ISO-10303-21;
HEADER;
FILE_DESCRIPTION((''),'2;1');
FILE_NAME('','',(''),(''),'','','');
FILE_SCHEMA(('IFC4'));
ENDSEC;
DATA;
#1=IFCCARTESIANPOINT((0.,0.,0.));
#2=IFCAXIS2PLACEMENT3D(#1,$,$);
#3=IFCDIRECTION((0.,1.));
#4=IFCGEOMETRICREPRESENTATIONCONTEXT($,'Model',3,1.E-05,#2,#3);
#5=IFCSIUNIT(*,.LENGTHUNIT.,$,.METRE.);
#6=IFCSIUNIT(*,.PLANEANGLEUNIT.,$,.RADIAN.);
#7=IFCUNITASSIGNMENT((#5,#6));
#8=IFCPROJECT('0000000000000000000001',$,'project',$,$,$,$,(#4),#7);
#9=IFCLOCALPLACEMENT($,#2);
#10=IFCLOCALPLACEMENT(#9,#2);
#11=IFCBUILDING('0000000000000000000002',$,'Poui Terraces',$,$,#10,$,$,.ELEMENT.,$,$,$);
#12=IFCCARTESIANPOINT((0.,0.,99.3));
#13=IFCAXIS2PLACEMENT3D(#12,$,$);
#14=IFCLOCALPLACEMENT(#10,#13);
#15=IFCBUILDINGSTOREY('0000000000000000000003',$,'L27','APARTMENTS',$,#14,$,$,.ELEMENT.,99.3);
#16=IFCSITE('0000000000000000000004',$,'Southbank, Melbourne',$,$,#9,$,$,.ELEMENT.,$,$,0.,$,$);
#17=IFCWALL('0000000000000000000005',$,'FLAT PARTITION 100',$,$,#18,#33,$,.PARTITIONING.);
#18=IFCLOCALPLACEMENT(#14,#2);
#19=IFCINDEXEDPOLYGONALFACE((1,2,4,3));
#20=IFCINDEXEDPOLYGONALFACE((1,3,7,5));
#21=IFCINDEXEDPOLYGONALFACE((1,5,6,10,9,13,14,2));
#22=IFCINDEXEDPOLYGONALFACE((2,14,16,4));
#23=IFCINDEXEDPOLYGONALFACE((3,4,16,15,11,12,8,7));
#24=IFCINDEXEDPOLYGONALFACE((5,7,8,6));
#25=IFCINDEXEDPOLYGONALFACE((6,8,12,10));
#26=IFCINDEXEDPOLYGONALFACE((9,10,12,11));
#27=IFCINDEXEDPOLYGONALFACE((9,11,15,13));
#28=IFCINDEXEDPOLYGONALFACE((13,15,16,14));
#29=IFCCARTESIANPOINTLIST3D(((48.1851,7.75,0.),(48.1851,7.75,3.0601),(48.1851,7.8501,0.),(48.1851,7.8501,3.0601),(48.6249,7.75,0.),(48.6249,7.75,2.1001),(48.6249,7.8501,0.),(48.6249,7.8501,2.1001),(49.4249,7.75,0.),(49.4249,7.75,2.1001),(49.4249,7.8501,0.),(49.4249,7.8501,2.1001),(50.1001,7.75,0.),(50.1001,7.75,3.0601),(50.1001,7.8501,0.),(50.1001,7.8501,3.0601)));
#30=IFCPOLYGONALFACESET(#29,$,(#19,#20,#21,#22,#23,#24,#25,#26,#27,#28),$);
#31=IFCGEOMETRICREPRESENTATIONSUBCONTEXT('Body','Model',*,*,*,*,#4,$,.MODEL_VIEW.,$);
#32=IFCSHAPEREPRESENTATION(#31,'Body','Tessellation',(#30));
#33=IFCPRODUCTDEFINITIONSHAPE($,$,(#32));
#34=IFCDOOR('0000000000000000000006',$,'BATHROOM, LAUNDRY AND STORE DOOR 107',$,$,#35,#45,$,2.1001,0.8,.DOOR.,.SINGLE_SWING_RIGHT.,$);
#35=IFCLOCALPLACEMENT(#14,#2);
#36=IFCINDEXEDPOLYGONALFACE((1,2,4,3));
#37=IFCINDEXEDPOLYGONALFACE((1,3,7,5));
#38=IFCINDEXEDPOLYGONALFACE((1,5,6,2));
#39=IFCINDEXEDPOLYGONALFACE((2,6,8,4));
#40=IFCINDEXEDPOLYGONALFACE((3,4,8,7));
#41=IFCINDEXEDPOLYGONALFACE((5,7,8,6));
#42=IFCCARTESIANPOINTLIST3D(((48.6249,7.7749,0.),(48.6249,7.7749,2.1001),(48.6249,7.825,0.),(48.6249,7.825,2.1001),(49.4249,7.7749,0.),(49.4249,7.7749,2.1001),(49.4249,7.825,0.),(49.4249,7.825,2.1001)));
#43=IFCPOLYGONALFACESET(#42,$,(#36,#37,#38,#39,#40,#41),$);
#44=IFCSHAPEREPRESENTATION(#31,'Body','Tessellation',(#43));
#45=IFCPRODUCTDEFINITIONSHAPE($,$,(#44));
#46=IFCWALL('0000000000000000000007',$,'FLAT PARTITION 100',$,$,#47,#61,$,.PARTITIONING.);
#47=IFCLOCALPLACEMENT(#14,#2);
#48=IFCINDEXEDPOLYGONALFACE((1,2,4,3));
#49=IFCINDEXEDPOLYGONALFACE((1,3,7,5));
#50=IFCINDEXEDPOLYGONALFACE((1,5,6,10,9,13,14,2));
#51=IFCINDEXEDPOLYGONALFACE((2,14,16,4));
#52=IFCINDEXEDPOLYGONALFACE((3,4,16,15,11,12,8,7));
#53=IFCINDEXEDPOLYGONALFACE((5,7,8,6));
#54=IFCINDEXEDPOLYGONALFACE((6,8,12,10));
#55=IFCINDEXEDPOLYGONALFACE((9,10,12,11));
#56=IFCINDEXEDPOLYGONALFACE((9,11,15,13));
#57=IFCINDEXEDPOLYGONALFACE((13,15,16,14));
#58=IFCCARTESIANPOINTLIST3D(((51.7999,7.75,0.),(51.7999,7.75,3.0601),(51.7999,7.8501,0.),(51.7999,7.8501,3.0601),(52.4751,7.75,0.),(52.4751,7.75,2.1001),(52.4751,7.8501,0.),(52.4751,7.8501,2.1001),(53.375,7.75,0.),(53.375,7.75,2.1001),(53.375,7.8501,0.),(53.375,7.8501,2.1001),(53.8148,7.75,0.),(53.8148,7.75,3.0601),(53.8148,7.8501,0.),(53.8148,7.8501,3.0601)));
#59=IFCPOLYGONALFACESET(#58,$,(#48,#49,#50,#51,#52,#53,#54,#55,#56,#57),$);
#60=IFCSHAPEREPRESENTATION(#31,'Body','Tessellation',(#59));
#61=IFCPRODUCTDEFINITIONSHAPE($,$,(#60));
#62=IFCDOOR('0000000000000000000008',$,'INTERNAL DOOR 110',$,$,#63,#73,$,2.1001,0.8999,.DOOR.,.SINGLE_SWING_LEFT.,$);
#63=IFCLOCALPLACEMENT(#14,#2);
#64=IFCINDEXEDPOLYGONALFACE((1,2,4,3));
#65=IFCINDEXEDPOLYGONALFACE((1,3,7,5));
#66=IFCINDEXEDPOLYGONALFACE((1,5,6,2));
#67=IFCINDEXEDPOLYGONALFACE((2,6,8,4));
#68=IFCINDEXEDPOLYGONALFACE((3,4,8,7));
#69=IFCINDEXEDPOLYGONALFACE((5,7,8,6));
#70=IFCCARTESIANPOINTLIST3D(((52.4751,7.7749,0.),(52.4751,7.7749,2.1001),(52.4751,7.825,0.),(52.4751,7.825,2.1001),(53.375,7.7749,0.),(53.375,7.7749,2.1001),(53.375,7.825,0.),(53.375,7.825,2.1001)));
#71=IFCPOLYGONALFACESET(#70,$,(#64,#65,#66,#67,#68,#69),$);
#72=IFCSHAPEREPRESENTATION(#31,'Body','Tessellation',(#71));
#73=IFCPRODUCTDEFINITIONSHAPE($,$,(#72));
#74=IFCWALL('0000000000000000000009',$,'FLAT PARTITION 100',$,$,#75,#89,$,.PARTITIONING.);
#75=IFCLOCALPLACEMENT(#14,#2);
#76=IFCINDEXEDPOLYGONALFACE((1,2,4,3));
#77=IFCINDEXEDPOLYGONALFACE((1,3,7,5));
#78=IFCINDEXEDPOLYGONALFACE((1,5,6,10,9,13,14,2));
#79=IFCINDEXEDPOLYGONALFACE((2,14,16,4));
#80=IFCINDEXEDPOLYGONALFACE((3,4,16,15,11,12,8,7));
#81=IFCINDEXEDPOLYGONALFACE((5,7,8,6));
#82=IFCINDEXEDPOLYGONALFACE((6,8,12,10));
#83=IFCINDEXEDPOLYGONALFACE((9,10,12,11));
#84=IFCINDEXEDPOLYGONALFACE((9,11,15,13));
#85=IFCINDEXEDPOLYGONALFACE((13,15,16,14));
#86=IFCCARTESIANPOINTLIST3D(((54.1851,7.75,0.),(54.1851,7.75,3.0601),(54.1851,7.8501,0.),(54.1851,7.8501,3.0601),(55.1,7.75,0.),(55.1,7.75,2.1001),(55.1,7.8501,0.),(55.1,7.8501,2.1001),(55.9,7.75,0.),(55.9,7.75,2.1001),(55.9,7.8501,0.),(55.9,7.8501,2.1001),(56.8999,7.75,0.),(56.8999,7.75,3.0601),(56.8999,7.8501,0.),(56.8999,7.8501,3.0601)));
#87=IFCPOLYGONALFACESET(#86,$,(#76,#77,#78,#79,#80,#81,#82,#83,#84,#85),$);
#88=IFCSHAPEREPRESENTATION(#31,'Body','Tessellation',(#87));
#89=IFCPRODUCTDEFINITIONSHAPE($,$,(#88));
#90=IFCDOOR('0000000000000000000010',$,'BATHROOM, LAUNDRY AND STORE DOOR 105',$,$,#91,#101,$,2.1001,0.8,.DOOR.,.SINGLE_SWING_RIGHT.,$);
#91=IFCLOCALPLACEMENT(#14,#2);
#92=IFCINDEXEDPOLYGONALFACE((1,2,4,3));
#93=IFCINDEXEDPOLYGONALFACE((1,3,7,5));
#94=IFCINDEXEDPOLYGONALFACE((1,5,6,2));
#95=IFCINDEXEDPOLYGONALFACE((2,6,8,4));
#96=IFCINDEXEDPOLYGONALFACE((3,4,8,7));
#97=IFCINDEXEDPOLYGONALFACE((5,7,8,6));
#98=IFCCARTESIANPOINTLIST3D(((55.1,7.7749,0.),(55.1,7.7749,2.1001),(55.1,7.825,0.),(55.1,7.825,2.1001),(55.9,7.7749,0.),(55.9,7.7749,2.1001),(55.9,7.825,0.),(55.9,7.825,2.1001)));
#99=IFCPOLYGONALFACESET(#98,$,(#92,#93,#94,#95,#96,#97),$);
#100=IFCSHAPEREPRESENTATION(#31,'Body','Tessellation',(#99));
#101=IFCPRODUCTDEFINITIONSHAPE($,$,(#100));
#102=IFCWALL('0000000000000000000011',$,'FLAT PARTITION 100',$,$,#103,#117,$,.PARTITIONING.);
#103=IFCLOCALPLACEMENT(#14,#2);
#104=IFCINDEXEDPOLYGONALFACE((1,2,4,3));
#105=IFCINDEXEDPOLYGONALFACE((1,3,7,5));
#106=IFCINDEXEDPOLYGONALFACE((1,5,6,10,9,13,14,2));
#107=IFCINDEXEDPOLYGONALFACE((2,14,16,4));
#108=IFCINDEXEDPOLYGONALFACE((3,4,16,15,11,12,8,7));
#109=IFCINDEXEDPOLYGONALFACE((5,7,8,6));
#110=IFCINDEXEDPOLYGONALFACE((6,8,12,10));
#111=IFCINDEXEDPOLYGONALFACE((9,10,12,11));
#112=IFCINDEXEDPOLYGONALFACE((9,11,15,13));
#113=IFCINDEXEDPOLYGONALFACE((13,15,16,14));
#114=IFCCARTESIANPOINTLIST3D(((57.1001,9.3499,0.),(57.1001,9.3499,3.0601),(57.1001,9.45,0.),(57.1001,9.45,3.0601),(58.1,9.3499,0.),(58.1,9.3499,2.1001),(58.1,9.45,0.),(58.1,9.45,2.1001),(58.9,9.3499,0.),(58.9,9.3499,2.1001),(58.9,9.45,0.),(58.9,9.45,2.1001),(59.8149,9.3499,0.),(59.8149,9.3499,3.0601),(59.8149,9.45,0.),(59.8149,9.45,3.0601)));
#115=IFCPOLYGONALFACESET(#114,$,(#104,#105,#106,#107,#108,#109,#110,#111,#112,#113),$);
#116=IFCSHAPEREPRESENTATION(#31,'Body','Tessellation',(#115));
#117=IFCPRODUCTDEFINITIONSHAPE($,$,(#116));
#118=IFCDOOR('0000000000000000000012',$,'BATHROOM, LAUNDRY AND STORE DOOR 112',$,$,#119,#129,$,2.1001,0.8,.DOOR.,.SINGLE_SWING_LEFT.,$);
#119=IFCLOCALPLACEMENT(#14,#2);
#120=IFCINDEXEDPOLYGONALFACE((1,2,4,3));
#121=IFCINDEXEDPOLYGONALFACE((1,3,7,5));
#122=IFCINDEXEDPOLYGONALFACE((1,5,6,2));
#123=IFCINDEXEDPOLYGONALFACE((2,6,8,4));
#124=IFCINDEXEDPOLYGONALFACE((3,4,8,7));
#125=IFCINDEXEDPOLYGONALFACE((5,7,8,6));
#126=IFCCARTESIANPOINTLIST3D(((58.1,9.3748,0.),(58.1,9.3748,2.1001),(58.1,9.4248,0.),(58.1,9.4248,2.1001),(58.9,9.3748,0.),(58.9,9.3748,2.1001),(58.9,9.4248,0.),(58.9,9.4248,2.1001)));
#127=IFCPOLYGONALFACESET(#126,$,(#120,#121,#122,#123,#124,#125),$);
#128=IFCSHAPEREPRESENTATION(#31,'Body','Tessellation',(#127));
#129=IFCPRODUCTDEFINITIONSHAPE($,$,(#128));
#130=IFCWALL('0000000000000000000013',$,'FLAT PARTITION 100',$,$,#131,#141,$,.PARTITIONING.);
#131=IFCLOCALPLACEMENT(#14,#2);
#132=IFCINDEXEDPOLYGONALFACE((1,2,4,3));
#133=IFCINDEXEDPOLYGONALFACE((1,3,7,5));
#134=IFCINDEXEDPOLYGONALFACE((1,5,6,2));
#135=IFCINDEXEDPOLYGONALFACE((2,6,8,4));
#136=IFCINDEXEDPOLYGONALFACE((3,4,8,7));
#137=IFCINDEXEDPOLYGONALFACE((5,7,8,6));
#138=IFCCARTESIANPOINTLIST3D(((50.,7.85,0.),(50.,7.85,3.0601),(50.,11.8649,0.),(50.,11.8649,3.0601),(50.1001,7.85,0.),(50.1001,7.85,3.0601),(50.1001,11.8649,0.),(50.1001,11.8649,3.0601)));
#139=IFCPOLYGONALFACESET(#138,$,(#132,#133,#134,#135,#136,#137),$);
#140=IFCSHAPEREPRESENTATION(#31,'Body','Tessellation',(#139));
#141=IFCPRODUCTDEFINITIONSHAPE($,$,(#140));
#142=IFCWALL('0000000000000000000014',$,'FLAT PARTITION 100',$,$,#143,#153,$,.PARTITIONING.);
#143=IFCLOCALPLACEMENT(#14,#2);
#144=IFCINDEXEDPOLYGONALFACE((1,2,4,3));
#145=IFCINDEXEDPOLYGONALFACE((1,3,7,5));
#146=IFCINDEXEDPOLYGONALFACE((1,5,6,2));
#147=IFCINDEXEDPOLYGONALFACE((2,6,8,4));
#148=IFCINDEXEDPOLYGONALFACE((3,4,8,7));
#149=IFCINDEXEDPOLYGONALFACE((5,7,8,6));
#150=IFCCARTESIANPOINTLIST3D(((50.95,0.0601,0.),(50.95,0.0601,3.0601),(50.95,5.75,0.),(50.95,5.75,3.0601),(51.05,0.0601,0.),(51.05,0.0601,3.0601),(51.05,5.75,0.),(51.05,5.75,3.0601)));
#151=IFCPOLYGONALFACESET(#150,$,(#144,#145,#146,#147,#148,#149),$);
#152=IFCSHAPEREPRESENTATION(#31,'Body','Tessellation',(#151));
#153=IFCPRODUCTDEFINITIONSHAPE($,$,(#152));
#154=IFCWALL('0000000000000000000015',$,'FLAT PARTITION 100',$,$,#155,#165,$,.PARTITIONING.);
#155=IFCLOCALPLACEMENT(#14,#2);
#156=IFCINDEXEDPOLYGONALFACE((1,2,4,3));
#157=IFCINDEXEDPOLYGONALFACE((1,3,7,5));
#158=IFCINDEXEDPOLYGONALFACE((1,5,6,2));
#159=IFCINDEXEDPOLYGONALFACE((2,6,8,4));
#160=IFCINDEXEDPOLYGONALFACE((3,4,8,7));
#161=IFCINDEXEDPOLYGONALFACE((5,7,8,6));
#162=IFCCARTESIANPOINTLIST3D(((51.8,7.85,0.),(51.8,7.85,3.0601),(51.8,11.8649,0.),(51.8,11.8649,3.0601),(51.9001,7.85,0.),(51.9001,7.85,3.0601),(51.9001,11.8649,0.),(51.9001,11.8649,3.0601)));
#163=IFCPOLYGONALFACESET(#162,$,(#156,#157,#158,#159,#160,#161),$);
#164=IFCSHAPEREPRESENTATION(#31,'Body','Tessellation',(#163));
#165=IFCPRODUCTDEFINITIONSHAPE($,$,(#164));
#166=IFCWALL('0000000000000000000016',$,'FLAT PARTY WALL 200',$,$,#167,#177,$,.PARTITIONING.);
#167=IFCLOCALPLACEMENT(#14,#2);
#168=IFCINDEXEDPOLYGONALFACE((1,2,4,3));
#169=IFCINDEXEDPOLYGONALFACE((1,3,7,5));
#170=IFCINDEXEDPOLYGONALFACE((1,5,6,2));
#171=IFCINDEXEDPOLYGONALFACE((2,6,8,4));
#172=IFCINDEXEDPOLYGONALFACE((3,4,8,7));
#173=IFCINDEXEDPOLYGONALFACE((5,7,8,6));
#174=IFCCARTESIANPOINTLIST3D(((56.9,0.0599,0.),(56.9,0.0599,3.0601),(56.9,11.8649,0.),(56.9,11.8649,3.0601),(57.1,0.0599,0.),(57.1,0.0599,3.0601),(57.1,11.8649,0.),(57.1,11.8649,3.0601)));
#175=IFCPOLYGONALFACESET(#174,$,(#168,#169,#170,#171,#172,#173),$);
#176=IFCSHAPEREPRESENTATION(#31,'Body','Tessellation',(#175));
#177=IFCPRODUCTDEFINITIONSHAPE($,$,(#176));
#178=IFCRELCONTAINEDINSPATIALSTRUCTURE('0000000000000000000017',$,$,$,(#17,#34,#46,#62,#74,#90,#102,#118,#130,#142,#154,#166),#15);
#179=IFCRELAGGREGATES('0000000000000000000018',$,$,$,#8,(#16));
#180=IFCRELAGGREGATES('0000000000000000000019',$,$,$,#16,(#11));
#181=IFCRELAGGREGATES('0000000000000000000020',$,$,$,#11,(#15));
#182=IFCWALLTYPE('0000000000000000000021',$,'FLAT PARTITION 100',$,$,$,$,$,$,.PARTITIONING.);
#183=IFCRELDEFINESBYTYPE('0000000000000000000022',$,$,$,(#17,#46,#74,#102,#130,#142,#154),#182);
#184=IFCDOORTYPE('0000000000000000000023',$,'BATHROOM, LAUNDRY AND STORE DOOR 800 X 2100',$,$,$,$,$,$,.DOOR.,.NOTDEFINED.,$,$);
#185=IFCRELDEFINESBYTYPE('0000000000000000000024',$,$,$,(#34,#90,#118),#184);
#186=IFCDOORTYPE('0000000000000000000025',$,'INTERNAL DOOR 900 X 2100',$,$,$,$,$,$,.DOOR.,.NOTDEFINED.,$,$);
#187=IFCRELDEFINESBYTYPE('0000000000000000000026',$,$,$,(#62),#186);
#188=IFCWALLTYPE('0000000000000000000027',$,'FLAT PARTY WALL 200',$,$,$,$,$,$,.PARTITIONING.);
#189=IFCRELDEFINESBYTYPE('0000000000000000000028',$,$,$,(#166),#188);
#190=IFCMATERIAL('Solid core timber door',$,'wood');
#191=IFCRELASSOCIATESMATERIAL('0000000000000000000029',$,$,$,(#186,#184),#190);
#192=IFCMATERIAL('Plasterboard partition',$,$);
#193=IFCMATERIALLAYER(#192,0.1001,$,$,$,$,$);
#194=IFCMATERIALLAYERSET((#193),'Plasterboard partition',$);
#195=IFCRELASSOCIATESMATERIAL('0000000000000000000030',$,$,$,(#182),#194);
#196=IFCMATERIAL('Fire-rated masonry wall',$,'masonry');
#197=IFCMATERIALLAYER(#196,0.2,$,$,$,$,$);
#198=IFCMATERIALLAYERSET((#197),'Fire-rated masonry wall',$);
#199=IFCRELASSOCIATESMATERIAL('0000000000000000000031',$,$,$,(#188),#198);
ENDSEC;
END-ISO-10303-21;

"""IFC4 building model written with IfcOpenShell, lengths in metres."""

from ifc_helpers import new_model, si_unit, direction, frame, frame_2d, origin, place, context, subcontext, project, spatial, rectangle, extrude, material, layer, layer_set, type_object, element, fill, save


model = new_model("IFC4")

# Units and contexts
model_context = context("Model", 3, precision=1e-05, world=origin(), true_north=direction((0.0, 1.0)))
body_context = subcontext(model_context, "Body", "Model", "MODEL_VIEW")
ifc_project = project(units=[si_unit("LENGTHUNIT", "METRE"), si_unit("PLANEANGLEUNIT", "RADIAN")], contexts=[model_context])

# Site, building, storey
site_placement = place(None, origin())
site = spatial("IfcSite", under=ifc_project, at=site_placement, Name="Southbank, Melbourne", CompositionType="ELEMENT", RefElevation=0.0)
building_placement = place(site_placement, origin())
building = spatial("IfcBuilding", under=site, at=building_placement, Name="Poui Terraces", CompositionType="ELEMENT")
storey_placement = place(building_placement, frame((0.0, 0.0, 99.3)))
storey = spatial("IfcBuildingStorey", under=building, at=storey_placement, Name="L27", Description="APARTMENTS", CompositionType="ELEMENT", Elevation=99.3)

# Walls, openings, doors
ifc_material_1 = material(Name="Solid core timber door", Category="wood")
door_type_1 = type_object("IfcDoorType", Name="INTERNAL DOOR 900 X 2100", OperationType="NOTDEFINED", PredefinedType="DOOR", material=ifc_material_1)
ifc_material_2 = material(Name="Plasterboard partition")
ifc_layer_1 = layer(ifc_material_2, 0.1001)
ifc_layer_set_1 = layer_set([ifc_layer_1], Name="Plasterboard partition")
wall_type_1 = type_object("IfcWallType", Name="FLAT PARTITION 100", PredefinedType="PARTITIONING", material=ifc_layer_set_1)
wall_1_placement = place(storey_placement, frame((48.1851, 7.8, 0.0), z_axis=(0.0, 0.0, 1.0), x_axis=(1.0, 0.0, 0.0)))
wall_1 = element("IfcWall", 1, at=wall_1_placement, inside=storey, type_object=wall_type_1, Name="FLAT PARTITION 100", PredefinedType="PARTITIONING", context=body_context, shape_type="SweptSolid", body=[
    extrude(rectangle(XDim=1.915, YDim=0.1001, at=frame_2d((0.9575, 0.0))), origin(), (0.0, 0.0, 1.0), 3.0601),
])
opening_1_placement = place(wall_1_placement, frame((0.4399, 0.0, 0.0)))
opening_1 = element("IfcOpeningElement", 2, at=opening_1_placement, cuts=wall_1, PredefinedType="OPENING", context=body_context, shape_type="SweptSolid", body=[
    extrude(rectangle(XDim=0.8, YDim=2.1001, at=frame_2d((0.3999, 1.05))), frame((0.0, 0.0601, 0.0), z_axis=(0.0, -1.0, 0.0), x_axis=(1.0, 0.0, 0.0)), (0.0, 0.0, 1.0), 0.1201),
])
door_type_2 = type_object("IfcDoorType", Name="BATHROOM, LAUNDRY AND STORE DOOR 800 X 2100", OperationType="NOTDEFINED", PredefinedType="DOOR", material=ifc_material_1)
door_1_placement = place(opening_1_placement, origin())
door_1 = element("IfcDoor", 3, at=door_1_placement, inside=storey, type_object=door_type_2, Name="BATHROOM, LAUNDRY AND STORE DOOR 107", OperationType="SINGLE_SWING_RIGHT", OverallHeight=2.1001, OverallWidth=0.8, PredefinedType="DOOR", context=body_context, shape_type="SweptSolid", body=[
    extrude(rectangle(XDim=0.8, YDim=2.1001, at=frame_2d((0.3999, 1.05))), frame((0.0, 0.0249, 0.0), z_axis=(0.0, -1.0, 0.0), x_axis=(1.0, 0.0, 0.0)), (0.0, 0.0, 1.0), 0.05),
])
fill(opening_1, door_1)
wall_2_placement = place(storey_placement, frame((51.8, 7.8, 0.0), z_axis=(0.0, 0.0, 1.0), x_axis=(1.0, 0.0, 0.0)))
wall_2 = element("IfcWall", 4, at=wall_2_placement, inside=storey, type_object=wall_type_1, Name="FLAT PARTITION 100", PredefinedType="PARTITIONING", context=body_context, shape_type="SweptSolid", body=[
    extrude(rectangle(XDim=2.0149, YDim=0.1001, at=frame_2d((1.0073, 0.0))), origin(), (0.0, 0.0, 1.0), 3.0601),
])
opening_2_placement = place(wall_2_placement, frame((0.675, 0.0, 0.0)))
opening_2 = element("IfcOpeningElement", 5, at=opening_2_placement, cuts=wall_2, PredefinedType="OPENING", context=body_context, shape_type="SweptSolid", body=[
    extrude(rectangle(XDim=0.8999, YDim=2.1001, at=frame_2d((0.45, 1.05))), frame((0.0, 0.0601, 0.0), z_axis=(0.0, -1.0, 0.0), x_axis=(1.0, 0.0, 0.0)), (0.0, 0.0, 1.0), 0.1201),
])
door_2_placement = place(opening_2_placement, origin())
door_2 = element("IfcDoor", 6, at=door_2_placement, inside=storey, type_object=door_type_1, Name="INTERNAL DOOR 110", OperationType="SINGLE_SWING_LEFT", OverallHeight=2.1001, OverallWidth=0.8999, PredefinedType="DOOR", context=body_context, shape_type="SweptSolid", body=[
    extrude(rectangle(XDim=0.8999, YDim=2.1001, at=frame_2d((0.45, 1.05))), frame((0.0, 0.0249, 0.0), z_axis=(0.0, -1.0, 0.0), x_axis=(1.0, 0.0, 0.0)), (0.0, 0.0, 1.0), 0.05),
])
fill(opening_2, door_2)
wall_3_placement = place(storey_placement, frame((54.1851, 7.8, 0.0), z_axis=(0.0, 0.0, 1.0), x_axis=(1.0, 0.0, 0.0)))
wall_3 = element("IfcWall", 7, at=wall_3_placement, inside=storey, type_object=wall_type_1, Name="FLAT PARTITION 100", PredefinedType="PARTITIONING", context=body_context, shape_type="SweptSolid", body=[
    extrude(rectangle(XDim=2.7148, YDim=0.1001, at=frame_2d((1.3574, 0.0))), origin(), (0.0, 0.0, 1.0), 3.0601),
])
opening_3_placement = place(wall_3_placement, frame((0.915, 0.0, 0.0)))
opening_3 = element("IfcOpeningElement", 8, at=opening_3_placement, cuts=wall_3, PredefinedType="OPENING", context=body_context, shape_type="SweptSolid", body=[
    extrude(rectangle(XDim=0.8, YDim=2.1001, at=frame_2d((0.3999, 1.05))), frame((0.0, 0.0601, 0.0), z_axis=(0.0, -1.0, 0.0), x_axis=(1.0, 0.0, 0.0)), (0.0, 0.0, 1.0), 0.1201),
])
door_3_placement = place(opening_3_placement, origin())
door_3 = element("IfcDoor", 9, at=door_3_placement, inside=storey, type_object=door_type_2, Name="BATHROOM, LAUNDRY AND STORE DOOR 105", OperationType="SINGLE_SWING_RIGHT", OverallHeight=2.1001, OverallWidth=0.8, PredefinedType="DOOR", context=body_context, shape_type="SweptSolid", body=[
    extrude(rectangle(XDim=0.8, YDim=2.1001, at=frame_2d((0.3999, 1.05))), frame((0.0, 0.0249, 0.0), z_axis=(0.0, -1.0, 0.0), x_axis=(1.0, 0.0, 0.0)), (0.0, 0.0, 1.0), 0.05),
])
fill(opening_3, door_3)
wall_4_placement = place(storey_placement, frame((57.1001, 9.3999, 0.0), z_axis=(0.0, 0.0, 1.0), x_axis=(1.0, 0.0, 0.0)))
wall_4 = element("IfcWall", 10, at=wall_4_placement, inside=storey, type_object=wall_type_1, Name="FLAT PARTITION 100", PredefinedType="PARTITIONING", context=body_context, shape_type="SweptSolid", body=[
    extrude(rectangle(XDim=2.7148, YDim=0.1001, at=frame_2d((1.3574, 0.0))), origin(), (0.0, 0.0, 1.0), 3.0601),
])
opening_4_placement = place(wall_4_placement, frame((1.0, 0.0, 0.0)))
opening_4 = element("IfcOpeningElement", 11, at=opening_4_placement, cuts=wall_4, PredefinedType="OPENING", context=body_context, shape_type="SweptSolid", body=[
    extrude(rectangle(XDim=0.8, YDim=2.1001, at=frame_2d((0.3999, 1.05))), frame((0.0, 0.0601, 0.0), z_axis=(0.0, -1.0, 0.0), x_axis=(1.0, 0.0, 0.0)), (0.0, 0.0, 1.0), 0.1201),
])
door_4_placement = place(opening_4_placement, origin())
door_4 = element("IfcDoor", 12, at=door_4_placement, inside=storey, type_object=door_type_2, Name="BATHROOM, LAUNDRY AND STORE DOOR 112", OperationType="SINGLE_SWING_LEFT", OverallHeight=2.1001, OverallWidth=0.8, PredefinedType="DOOR", context=body_context, shape_type="SweptSolid", body=[
    extrude(rectangle(XDim=0.8, YDim=2.1001, at=frame_2d((0.3999, 1.05))), frame((0.0, 0.0249, 0.0), z_axis=(0.0, -1.0, 0.0), x_axis=(1.0, 0.0, 0.0)), (0.0, 0.0, 1.0), 0.05),
])
fill(opening_4, door_4)

# Walls
wall_5_placement = place(storey_placement, frame((50.05, 7.8501, 0.0), z_axis=(0.0, 0.0, 1.0), x_axis=(0.0, 1.0, 0.0)))
element("IfcWall", 13, at=wall_5_placement, inside=storey, type_object=wall_type_1, Name="FLAT PARTITION 100", PredefinedType="PARTITIONING", context=body_context, shape_type="SweptSolid", body=[
    extrude(rectangle(XDim=4.0149, YDim=0.1001, at=frame_2d((2.0073, 0.0))), origin(), (0.0, 0.0, 1.0), 3.0601),
])
wall_6_placement = place(storey_placement, frame((51.0, 0.0601, 0.0), z_axis=(0.0, 0.0, 1.0), x_axis=(0.0, 1.0, 0.0)))
element("IfcWall", 14, at=wall_6_placement, inside=storey, type_object=wall_type_1, Name="FLAT PARTITION 100", PredefinedType="PARTITIONING", context=body_context, shape_type="SweptSolid", body=[
    extrude(rectangle(XDim=5.6899, YDim=0.1001, at=frame_2d((2.845, 0.0))), origin(), (0.0, 0.0, 1.0), 3.0601),
])
wall_7_placement = place(storey_placement, frame((51.8501, 7.8501, 0.0), z_axis=(0.0, 0.0, 1.0), x_axis=(0.0, 1.0, 0.0)))
element("IfcWall", 15, at=wall_7_placement, inside=storey, type_object=wall_type_1, Name="FLAT PARTITION 100", PredefinedType="PARTITIONING", context=body_context, shape_type="SweptSolid", body=[
    extrude(rectangle(XDim=4.0149, YDim=0.1001, at=frame_2d((2.0073, 0.0))), origin(), (0.0, 0.0, 1.0), 3.0601),
])
ifc_material_3 = material(Name="Fire-rated masonry wall", Category="masonry")
ifc_layer_2 = layer(ifc_material_3, 0.2)
ifc_layer_set_2 = layer_set([ifc_layer_2], Name="Fire-rated masonry wall")
wall_type_2 = type_object("IfcWallType", Name="FLAT PARTY WALL 200", PredefinedType="PARTITIONING", material=ifc_layer_set_2)
wall_8_placement = place(storey_placement, frame((57.0, 0.0601, 0.0), z_axis=(0.0, 0.0, 1.0), x_axis=(0.0, 1.0, 0.0)))
element("IfcWall", 16, at=wall_8_placement, inside=storey, type_object=wall_type_2, Name="FLAT PARTY WALL 200", PredefinedType="PARTITIONING", context=body_context, shape_type="SweptSolid", body=[
    extrude(rectangle(XDim=11.8049, YDim=0.2, at=frame_2d((5.9023, 0.0))), origin(), (0.0, 0.0, 1.0), 3.0601),
])

save(model, "model.ifc")
